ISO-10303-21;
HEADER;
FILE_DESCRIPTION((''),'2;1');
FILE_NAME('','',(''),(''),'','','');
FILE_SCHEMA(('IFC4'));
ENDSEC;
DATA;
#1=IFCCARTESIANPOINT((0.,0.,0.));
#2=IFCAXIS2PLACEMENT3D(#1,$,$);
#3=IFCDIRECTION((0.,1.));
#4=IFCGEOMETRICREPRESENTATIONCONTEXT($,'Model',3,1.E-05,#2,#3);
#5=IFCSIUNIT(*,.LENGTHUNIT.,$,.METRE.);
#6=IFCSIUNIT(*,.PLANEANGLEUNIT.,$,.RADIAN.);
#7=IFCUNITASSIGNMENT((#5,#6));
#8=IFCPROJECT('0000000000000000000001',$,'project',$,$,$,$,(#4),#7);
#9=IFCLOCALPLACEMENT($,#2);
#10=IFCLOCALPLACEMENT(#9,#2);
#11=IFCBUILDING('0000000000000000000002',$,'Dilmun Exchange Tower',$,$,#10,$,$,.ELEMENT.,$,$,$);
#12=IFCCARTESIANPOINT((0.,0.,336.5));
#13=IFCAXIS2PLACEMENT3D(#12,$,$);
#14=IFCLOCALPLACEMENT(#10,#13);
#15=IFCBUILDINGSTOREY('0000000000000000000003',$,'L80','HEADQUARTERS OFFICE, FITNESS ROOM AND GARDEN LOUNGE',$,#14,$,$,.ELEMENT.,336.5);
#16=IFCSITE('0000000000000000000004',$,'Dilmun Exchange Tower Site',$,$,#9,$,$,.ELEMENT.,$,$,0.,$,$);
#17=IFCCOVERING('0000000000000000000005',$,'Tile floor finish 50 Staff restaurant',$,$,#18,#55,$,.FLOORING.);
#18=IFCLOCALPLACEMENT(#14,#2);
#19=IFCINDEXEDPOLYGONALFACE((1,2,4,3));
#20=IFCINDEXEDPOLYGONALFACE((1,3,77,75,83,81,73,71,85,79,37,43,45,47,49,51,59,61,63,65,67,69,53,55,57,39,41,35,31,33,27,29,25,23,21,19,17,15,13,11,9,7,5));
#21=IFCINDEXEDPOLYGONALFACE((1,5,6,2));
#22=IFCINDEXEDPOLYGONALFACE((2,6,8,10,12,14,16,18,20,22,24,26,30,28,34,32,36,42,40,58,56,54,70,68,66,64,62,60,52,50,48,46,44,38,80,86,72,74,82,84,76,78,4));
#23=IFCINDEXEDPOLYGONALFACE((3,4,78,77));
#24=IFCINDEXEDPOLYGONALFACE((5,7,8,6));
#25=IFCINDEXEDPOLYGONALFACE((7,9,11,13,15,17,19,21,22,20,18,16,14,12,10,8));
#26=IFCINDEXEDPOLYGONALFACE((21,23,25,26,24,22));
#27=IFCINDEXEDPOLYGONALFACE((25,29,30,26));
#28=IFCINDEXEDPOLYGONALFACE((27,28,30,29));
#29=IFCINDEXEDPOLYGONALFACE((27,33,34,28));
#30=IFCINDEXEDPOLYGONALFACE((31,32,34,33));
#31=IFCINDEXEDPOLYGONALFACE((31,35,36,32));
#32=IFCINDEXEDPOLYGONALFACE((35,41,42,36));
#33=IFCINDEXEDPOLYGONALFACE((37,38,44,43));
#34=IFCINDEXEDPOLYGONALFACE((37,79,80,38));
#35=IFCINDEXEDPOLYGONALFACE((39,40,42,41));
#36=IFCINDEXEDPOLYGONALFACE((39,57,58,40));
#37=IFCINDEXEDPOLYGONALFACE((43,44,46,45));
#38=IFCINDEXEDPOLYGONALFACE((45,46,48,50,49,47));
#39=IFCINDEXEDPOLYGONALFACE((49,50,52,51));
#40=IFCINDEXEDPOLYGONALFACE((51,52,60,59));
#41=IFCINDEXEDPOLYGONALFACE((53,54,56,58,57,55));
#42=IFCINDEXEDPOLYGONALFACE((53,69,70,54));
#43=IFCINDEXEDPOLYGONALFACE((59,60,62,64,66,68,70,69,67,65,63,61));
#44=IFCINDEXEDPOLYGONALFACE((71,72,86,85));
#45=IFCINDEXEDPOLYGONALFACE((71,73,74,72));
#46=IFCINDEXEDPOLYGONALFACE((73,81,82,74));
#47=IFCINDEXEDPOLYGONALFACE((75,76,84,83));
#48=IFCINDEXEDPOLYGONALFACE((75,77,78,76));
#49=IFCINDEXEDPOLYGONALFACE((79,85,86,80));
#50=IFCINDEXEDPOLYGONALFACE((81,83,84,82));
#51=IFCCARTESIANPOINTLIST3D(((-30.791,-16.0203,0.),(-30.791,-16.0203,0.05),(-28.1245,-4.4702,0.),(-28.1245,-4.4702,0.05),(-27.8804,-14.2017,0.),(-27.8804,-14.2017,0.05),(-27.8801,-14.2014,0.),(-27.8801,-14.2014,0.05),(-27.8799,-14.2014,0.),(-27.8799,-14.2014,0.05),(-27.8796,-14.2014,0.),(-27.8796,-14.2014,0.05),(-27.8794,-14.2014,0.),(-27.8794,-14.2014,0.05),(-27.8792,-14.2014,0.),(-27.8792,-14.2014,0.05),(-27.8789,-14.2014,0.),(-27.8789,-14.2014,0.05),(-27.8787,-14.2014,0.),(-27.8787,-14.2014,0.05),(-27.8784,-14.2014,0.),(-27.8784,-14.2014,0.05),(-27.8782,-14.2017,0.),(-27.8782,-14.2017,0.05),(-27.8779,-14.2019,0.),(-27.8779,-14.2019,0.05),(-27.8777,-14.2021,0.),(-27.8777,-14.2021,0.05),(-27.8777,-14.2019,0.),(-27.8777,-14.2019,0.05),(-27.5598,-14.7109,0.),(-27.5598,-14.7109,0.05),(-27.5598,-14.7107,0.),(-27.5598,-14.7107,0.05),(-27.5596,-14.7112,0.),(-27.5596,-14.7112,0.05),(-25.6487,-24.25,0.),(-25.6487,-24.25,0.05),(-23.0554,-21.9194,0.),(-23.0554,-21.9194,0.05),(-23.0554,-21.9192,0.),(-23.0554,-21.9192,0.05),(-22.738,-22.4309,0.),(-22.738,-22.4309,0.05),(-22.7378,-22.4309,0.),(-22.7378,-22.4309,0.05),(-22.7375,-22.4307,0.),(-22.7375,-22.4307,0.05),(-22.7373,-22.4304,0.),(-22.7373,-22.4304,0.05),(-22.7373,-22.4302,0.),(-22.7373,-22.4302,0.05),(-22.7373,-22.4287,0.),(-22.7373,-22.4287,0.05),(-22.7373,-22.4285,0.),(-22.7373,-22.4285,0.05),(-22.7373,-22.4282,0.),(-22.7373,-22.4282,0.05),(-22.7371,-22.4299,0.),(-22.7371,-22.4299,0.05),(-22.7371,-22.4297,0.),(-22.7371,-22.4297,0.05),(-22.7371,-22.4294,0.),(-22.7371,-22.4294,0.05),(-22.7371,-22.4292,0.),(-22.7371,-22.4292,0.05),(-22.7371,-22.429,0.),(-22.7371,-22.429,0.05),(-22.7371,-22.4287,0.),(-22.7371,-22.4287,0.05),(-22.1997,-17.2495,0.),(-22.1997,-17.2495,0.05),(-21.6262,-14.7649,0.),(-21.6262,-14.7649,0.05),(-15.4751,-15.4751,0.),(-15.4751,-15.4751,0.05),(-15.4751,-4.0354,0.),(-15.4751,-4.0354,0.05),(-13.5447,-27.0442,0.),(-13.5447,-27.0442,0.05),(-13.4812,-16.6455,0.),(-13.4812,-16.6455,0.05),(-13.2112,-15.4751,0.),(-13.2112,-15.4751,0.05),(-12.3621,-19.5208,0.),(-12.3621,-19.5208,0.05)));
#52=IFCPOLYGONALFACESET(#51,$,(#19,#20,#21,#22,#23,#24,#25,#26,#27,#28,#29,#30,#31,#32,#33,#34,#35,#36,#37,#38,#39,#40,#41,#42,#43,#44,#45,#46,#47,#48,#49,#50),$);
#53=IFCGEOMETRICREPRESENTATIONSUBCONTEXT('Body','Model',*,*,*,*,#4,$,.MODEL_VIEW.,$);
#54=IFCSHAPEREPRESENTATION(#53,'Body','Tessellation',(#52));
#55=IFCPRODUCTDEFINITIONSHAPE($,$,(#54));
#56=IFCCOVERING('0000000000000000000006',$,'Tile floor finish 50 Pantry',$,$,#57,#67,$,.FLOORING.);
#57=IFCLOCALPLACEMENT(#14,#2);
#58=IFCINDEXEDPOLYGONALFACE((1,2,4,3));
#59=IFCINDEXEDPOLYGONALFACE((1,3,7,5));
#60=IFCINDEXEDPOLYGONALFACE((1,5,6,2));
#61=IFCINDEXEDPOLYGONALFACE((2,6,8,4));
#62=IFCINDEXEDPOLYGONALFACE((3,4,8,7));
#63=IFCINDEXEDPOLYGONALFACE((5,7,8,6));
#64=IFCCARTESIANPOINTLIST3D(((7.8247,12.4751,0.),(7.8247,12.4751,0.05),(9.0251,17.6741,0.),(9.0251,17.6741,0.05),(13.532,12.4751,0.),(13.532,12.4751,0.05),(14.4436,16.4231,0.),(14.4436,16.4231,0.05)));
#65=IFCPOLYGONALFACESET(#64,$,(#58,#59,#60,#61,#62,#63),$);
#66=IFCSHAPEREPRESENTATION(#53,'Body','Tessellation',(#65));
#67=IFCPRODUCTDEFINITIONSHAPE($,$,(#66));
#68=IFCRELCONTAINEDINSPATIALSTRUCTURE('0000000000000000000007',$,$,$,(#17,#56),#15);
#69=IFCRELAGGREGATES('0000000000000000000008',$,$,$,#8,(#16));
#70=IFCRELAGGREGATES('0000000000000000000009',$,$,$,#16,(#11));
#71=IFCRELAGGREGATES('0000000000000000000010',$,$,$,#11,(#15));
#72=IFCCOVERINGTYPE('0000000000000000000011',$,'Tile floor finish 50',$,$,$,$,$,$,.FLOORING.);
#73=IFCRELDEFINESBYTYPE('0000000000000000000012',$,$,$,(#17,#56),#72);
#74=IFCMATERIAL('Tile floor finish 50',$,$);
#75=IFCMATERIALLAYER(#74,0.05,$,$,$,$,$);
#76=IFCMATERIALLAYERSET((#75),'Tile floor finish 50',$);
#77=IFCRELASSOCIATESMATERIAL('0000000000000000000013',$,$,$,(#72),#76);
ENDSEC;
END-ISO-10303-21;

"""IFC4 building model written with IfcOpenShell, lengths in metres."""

from ifc_helpers import new_model, si_unit, direction, frame, origin, place, context, subcontext, project, spatial, polyline, outline, extrude, material, layer, layer_set, type_object, element, save


model = new_model("IFC4")

# Units and contexts
model_context = context("Model", 3, precision=1e-05, world=origin(), true_north=direction((0.0, 1.0)))
body_context = subcontext(model_context, "Body", "Model", "MODEL_VIEW")
ifc_project = project(units=[si_unit("LENGTHUNIT", "METRE"), si_unit("PLANEANGLEUNIT", "RADIAN")], contexts=[model_context])

# Site, building, storey
site_placement = place(None, origin())
site = spatial("IfcSite", under=ifc_project, at=site_placement, Name="Dilmun Exchange Tower Site", CompositionType="ELEMENT", RefElevation=0.0)
building_placement = place(site_placement, origin())
building = spatial("IfcBuilding", under=site, at=building_placement, Name="Dilmun Exchange Tower", CompositionType="ELEMENT")
storey_placement = place(building_placement, frame((0.0, 0.0, 336.5)))
storey = spatial("IfcBuildingStorey", under=building, at=storey_placement, Name="L80", Description="HEADQUARTERS OFFICE, FITNESS ROOM AND GARDEN LOUNGE", CompositionType="ELEMENT", Elevation=336.5)

# Coverings
ifc_material_1 = material(Name="Tile floor finish 50")
ifc_layer_1 = layer(ifc_material_1, 0.05)
ifc_layer_set_1 = layer_set([ifc_layer_1], Name="Tile floor finish 50")
covering_type_1 = type_object("IfcCoveringType", Name="Tile floor finish 50", PredefinedType="FLOORING", material=ifc_layer_set_1)
covering_1_placement = place(storey_placement, origin())
element("IfcCovering", 1, at=covering_1_placement, inside=storey, type_object=covering_type_1, Name="Tile floor finish 50 Staff restaurant", PredefinedType="FLOORING", context=body_context, shape_type="SweptSolid", body=[
    extrude(outline(polyline([(-12.3621, -19.5208), (-13.5447, -27.0442), (-25.6487, -24.25), (-22.738, -22.4309), (-22.7378, -22.4309), (-22.7378, -22.4309), (-22.7375, -22.4307), (-22.7373, -22.4304), (-22.7373, -22.4304), (-22.7373, -22.4302), (-22.7371, -22.4299), (-22.7371, -22.4297), (-22.7371, -22.4297), (-22.7371, -22.4294), (-22.7371, -22.4292), (-22.7371, -22.429), (-22.7371, -22.4287), (-22.7373, -22.4287), (-22.7373, -22.4285), (-22.7373, -22.4282), (-23.0554, -21.9194), (-23.0554, -21.9192), (-23.0554, -21.9192), (-27.5596, -14.7112), (-27.5598, -14.7109), (-27.5598, -14.7107), (-27.8777, -14.2021), (-27.8777, -14.2021), (-27.8777, -14.2019), (-27.8779, -14.2019), (-27.8782, -14.2017), (-27.8784, -14.2014), (-27.8784, -14.2014), (-27.8787, -14.2014), (-27.8789, -14.2014), (-27.8789, -14.2014), (-27.8792, -14.2014), (-27.8794, -14.2014), (-27.8796, -14.2014), (-27.8799, -14.2014), (-27.8799, -14.2014), (-27.8801, -14.2014), (-27.8804, -14.2017), (-30.791, -16.0203), (-28.1245, -4.4702), (-15.4751, -4.0354), (-15.4751, -15.4751), (-13.2112, -15.4751), (-13.4812, -16.6455), (-21.6262, -14.7649), (-22.1997, -17.2495), (-12.3621, -19.5208)])), origin(), (0.0, 0.0, 1.0), 0.05),
])
covering_2_placement = place(storey_placement, origin())
element("IfcCovering", 2, at=covering_2_placement, inside=storey, type_object=covering_type_1, Name="Tile floor finish 50 Pantry", PredefinedType="FLOORING", context=body_context, shape_type="SweptSolid", body=[
    extrude(outline(polyline([(14.4436, 16.4231), (13.532, 12.4751), (7.8247, 12.4751), (9.0251, 17.6741), (14.4436, 16.4231)])), origin(), (0.0, 0.0, 1.0), 0.05),
])

save(model, "model.ifc")
